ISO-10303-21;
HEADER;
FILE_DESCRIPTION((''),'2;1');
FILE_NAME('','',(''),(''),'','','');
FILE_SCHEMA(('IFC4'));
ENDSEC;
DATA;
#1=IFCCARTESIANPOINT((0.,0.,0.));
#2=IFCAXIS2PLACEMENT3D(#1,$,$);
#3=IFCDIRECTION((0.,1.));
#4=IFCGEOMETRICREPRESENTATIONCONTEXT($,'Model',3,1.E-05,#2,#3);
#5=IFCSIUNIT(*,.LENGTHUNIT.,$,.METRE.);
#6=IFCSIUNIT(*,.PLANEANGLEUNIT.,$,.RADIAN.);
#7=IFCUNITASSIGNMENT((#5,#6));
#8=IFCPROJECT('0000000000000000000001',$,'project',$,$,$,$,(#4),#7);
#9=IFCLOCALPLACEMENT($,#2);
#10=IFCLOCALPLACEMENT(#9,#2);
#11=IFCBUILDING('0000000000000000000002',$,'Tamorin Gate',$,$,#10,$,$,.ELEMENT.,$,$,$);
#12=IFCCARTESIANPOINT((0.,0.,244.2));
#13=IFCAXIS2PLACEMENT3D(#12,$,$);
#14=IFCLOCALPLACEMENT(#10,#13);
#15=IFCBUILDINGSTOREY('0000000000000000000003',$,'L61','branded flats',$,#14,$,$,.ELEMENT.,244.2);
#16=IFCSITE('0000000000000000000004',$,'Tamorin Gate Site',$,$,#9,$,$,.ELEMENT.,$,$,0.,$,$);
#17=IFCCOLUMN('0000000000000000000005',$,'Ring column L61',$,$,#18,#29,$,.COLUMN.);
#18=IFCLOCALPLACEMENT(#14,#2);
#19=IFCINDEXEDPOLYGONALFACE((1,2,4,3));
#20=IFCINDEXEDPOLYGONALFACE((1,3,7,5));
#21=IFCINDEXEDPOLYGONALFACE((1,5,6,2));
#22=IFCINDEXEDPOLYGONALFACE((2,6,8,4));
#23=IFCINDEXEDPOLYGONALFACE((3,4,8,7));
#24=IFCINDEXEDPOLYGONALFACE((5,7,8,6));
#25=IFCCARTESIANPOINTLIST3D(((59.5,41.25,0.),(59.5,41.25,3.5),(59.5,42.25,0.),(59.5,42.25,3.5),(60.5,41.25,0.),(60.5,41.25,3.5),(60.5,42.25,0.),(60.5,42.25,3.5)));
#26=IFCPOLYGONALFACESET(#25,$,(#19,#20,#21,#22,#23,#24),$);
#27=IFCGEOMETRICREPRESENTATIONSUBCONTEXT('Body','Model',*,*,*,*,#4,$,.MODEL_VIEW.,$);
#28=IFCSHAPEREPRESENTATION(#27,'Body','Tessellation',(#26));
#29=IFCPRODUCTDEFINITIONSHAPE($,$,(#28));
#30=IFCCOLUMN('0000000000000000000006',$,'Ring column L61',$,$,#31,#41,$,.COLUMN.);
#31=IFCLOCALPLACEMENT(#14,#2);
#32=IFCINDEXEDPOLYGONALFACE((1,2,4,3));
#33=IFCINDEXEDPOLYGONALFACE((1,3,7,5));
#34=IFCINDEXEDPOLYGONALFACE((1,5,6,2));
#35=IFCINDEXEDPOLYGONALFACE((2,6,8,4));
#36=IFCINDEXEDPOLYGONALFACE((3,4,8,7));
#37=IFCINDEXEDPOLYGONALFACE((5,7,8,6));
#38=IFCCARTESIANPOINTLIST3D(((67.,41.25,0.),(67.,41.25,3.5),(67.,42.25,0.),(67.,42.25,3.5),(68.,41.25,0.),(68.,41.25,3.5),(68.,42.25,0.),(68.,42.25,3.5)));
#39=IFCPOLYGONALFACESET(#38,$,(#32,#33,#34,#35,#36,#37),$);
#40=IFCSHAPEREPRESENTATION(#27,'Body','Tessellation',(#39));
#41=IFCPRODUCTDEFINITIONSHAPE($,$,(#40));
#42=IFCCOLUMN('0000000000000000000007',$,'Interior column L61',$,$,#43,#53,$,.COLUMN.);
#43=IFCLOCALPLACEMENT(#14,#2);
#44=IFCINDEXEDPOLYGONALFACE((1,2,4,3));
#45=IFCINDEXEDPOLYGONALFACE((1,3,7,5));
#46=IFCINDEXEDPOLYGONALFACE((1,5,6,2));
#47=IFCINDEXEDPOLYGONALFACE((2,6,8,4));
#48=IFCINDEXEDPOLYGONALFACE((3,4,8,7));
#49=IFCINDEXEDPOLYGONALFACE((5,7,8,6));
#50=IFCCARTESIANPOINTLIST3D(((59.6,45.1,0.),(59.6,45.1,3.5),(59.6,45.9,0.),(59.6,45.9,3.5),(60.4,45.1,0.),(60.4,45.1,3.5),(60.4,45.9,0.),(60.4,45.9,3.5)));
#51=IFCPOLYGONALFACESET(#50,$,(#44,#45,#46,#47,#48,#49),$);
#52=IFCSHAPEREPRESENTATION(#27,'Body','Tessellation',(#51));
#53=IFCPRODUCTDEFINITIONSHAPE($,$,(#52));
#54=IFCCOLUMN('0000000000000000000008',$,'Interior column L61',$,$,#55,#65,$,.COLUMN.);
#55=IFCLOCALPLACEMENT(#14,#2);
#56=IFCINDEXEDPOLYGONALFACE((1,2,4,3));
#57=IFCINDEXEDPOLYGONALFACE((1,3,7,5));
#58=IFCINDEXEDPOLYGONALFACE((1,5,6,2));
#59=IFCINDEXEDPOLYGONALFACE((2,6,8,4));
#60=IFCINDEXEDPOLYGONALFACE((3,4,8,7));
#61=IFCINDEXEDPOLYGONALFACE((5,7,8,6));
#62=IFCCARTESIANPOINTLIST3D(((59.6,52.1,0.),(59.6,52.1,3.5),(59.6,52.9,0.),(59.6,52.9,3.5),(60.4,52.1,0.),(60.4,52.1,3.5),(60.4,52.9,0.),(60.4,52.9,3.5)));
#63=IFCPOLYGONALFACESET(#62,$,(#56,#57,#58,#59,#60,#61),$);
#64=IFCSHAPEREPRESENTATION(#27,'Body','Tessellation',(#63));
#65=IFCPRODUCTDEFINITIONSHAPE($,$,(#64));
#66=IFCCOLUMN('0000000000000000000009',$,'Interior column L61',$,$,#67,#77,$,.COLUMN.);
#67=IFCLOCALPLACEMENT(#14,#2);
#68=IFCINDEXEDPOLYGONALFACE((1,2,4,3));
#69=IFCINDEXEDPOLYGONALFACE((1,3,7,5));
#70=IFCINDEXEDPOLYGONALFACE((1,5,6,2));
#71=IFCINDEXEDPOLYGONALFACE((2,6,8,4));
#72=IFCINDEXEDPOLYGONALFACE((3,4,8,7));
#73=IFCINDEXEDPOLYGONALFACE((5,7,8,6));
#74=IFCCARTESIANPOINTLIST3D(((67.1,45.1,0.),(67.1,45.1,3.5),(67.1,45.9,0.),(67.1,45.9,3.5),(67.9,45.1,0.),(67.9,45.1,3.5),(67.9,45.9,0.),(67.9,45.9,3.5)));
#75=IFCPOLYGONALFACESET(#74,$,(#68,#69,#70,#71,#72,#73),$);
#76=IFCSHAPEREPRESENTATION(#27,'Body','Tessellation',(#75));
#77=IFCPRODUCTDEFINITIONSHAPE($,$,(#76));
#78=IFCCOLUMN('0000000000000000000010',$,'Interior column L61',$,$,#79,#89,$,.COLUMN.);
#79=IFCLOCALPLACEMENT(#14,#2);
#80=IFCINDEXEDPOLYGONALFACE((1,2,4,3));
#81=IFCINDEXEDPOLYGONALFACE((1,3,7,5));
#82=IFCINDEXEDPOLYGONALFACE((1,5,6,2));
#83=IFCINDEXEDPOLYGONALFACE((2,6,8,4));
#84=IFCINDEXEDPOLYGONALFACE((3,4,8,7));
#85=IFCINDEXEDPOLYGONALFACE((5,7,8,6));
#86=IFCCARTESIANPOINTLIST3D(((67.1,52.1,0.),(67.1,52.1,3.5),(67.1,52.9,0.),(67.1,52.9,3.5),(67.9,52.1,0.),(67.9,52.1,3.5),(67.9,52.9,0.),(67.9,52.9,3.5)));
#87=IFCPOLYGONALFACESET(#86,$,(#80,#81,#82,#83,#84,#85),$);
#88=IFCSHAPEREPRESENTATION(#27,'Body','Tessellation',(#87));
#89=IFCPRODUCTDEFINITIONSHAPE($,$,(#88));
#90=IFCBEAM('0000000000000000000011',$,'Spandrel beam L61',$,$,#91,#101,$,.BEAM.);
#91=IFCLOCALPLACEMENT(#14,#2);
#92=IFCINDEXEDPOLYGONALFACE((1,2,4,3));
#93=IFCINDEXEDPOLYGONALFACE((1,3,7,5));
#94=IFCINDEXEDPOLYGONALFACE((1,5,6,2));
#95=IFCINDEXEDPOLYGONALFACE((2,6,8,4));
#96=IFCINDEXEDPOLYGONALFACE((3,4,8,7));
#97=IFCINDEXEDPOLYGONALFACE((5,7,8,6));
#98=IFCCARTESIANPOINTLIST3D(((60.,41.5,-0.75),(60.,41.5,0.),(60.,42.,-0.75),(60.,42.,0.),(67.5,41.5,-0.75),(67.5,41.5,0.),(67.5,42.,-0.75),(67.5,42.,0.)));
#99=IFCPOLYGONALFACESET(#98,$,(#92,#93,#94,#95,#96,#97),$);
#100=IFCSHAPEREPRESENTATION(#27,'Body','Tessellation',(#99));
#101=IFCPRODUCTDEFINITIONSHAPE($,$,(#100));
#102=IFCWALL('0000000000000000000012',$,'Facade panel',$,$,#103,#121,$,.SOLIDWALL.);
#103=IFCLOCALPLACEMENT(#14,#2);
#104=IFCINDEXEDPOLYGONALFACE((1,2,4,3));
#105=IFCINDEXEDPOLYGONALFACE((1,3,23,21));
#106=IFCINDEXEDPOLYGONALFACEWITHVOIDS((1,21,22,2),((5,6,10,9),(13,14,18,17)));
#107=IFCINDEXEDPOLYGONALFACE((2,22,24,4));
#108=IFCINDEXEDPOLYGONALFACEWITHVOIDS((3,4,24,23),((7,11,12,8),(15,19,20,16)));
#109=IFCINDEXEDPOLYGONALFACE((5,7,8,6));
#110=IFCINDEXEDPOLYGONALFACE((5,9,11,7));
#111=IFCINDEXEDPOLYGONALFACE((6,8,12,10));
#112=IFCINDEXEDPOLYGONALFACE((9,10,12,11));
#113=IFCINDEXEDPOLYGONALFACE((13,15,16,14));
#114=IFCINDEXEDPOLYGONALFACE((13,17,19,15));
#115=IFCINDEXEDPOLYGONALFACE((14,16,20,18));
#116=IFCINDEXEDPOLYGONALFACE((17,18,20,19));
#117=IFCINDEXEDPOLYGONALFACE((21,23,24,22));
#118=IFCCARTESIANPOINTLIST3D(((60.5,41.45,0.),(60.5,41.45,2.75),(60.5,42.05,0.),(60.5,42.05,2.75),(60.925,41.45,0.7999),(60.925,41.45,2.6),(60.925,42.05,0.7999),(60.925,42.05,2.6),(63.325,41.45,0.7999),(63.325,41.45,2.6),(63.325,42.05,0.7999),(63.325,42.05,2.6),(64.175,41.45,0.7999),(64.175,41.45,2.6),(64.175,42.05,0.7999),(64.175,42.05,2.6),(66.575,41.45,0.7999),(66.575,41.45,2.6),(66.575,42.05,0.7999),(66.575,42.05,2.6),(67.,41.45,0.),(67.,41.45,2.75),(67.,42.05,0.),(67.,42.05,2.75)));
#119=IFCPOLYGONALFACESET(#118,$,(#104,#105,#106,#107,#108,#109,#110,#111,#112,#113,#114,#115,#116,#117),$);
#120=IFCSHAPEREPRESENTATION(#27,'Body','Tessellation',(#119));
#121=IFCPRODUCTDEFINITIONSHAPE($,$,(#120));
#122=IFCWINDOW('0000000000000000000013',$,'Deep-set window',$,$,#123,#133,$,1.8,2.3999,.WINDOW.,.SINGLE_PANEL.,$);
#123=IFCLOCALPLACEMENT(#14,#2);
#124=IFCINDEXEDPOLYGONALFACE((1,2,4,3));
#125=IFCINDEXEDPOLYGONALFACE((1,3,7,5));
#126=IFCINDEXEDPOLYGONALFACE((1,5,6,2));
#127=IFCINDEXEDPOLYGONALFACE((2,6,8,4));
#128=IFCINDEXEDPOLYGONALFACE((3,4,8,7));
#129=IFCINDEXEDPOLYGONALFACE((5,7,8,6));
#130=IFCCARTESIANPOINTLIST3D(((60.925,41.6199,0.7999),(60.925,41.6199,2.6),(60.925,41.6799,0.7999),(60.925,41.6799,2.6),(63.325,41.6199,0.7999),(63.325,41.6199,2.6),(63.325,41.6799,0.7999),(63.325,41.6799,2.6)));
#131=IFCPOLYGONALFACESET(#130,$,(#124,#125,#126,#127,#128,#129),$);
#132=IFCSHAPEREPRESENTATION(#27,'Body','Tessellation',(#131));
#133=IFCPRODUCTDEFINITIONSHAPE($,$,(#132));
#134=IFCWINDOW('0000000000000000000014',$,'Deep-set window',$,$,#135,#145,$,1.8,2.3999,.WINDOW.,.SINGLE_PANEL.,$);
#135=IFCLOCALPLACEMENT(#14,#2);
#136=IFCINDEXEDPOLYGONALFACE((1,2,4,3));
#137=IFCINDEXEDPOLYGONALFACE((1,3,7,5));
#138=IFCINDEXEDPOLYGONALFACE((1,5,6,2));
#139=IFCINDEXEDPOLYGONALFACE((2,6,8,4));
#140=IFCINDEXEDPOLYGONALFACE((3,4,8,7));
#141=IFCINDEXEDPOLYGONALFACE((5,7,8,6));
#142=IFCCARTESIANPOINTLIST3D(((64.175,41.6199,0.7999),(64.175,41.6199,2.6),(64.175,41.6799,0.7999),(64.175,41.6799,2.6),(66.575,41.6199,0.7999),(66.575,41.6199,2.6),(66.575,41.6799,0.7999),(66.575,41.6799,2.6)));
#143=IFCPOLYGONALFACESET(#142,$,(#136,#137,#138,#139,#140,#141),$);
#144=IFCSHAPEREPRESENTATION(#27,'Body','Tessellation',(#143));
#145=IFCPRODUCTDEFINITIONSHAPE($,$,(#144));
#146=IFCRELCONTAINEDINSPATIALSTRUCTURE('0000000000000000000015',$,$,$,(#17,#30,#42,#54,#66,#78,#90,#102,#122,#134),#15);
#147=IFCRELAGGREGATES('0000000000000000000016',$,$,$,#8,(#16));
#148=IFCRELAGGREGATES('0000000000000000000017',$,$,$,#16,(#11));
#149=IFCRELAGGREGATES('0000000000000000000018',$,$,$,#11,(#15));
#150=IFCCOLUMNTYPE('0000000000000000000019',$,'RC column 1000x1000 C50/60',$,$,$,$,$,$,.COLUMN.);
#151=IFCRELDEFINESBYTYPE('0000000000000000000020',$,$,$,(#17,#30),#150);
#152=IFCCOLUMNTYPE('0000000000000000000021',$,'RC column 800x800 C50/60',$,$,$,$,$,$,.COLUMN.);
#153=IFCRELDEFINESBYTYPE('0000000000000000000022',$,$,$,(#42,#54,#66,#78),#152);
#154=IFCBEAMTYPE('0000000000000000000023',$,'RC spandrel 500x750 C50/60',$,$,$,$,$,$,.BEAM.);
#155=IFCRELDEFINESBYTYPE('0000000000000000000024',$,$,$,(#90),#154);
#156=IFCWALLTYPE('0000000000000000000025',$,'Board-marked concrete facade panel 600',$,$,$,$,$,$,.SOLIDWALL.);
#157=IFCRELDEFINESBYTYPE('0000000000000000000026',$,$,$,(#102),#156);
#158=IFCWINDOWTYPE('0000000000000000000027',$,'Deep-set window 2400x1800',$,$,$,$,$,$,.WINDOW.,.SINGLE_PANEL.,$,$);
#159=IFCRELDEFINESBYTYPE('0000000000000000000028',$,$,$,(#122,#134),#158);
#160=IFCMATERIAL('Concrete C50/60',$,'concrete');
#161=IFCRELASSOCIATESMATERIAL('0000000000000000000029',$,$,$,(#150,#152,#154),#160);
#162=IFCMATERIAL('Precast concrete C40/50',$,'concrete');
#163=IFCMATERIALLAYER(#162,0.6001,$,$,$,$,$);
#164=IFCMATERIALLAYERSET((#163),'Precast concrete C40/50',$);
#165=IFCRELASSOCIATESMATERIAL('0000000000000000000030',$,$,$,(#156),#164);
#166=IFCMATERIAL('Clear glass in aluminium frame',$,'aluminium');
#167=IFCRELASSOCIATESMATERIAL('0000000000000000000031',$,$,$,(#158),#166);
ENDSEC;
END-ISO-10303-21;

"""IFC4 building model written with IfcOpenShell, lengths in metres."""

from ifc_helpers import new_model, si_unit, direction, frame, frame_2d, origin, origin_2d, place, context, subcontext, project, spatial, rectangle, extrude, material, layer, layer_set, material_profile, profile_set, type_object, element, fill, save


model = new_model("IFC4")

# Units and contexts
model_context = context("Model", 3, precision=1e-05, world=origin(), true_north=direction((0.0, 1.0)))
body_context = subcontext(model_context, "Body", "Model", "MODEL_VIEW")
ifc_project = project(units=[si_unit("LENGTHUNIT", "METRE"), si_unit("PLANEANGLEUNIT", "RADIAN")], contexts=[model_context])

# Site, building, storey
site_placement = place(None, origin())
site = spatial("IfcSite", under=ifc_project, at=site_placement, Name="Tamorin Gate Site", CompositionType="ELEMENT", RefElevation=0.0)
building_placement = place(site_placement, origin())
building = spatial("IfcBuilding", under=site, at=building_placement, Name="Tamorin Gate", CompositionType="ELEMENT")
storey_placement = place(building_placement, frame((0.0, 0.0, 244.2)))
storey = spatial("IfcBuildingStorey", under=building, at=storey_placement, Name="L61", Description="branded flats", CompositionType="ELEMENT", Elevation=244.2)

# Columns
ifc_material_1 = material(Name="Concrete C50/60", Category="concrete")
ifc_material_profile_1 = material_profile(ifc_material_1, rectangle(XDim=1.0, YDim=1.0, at=origin_2d()), Name="RC 1000x1000")
ifc_profile_set_1 = profile_set([ifc_material_profile_1], Name="Concrete C50/60")
column_type_1 = type_object("IfcColumnType", Name="RC column 1000x1000 C50/60", PredefinedType="COLUMN", material=ifc_profile_set_1)
for number, where, z_axis, x_axis, name in (
    (1, (60.0, 41.75, 0.0), (0.0, 0.0, 1.0), (1.0, 0.0, 0.0), "Ring column L61"),
    (2, (67.5, 41.75, 0.0), (0.0, 0.0, 1.0), (1.0, 0.0, 0.0), "Ring column L61"),
):
    element("IfcColumn", number, at=place(storey_placement, frame(where, z_axis=z_axis, x_axis=x_axis)), inside=storey, type_object=column_type_1, Name=name, PredefinedType="COLUMN", context=body_context, shape_type="SweptSolid", body=[
        extrude(rectangle(XDim=1.0, YDim=1.0, at=origin_2d()), origin(), (0.0, 0.0, 1.0), 3.5),
    ])
ifc_material_profile_2 = material_profile(ifc_material_1, rectangle(XDim=0.8, YDim=0.8, at=origin_2d()), Name="RC 800x800")
ifc_profile_set_2 = profile_set([ifc_material_profile_2], Name="Concrete C50/60")
column_type_2 = type_object("IfcColumnType", Name="RC column 800x800 C50/60", PredefinedType="COLUMN", material=ifc_profile_set_2)
for number, where, z_axis, x_axis, name in (
    (3, (60.0, 45.5, 0.0), (0.0, 0.0, 1.0), (1.0, 0.0, 0.0), "Interior column L61"),
    (4, (60.0, 52.5, 0.0), (0.0, 0.0, 1.0), (1.0, 0.0, 0.0), "Interior column L61"),
    (5, (67.5, 45.5, 0.0), (0.0, 0.0, 1.0), (1.0, 0.0, 0.0), "Interior column L61"),
    (6, (67.5, 52.5, 0.0), (0.0, 0.0, 1.0), (1.0, 0.0, 0.0), "Interior column L61"),
):
    element("IfcColumn", number, at=place(storey_placement, frame(where, z_axis=z_axis, x_axis=x_axis)), inside=storey, type_object=column_type_2, Name=name, PredefinedType="COLUMN", context=body_context, shape_type="SweptSolid", body=[
        extrude(rectangle(XDim=0.8, YDim=0.8, at=origin_2d()), origin(), (0.0, 0.0, 1.0), 3.5),
    ])

# Beam
ifc_material_profile_3 = material_profile(ifc_material_1, rectangle(XDim=0.5, YDim=0.75, at=origin_2d()), Name="RC 500x750")
ifc_profile_set_3 = profile_set([ifc_material_profile_3], Name="Concrete C50/60")
beam_type = type_object("IfcBeamType", Name="RC spandrel 500x750 C50/60", PredefinedType="BEAM", material=ifc_profile_set_3)
beam_placement = place(storey_placement, frame((60.0, 41.75, -0.375), z_axis=(1.0, 0.0, 0.0), x_axis=(0.0, 1.0, 0.0)))
element("IfcBeam", 7, at=beam_placement, inside=storey, type_object=beam_type, Name="Spandrel beam L61", PredefinedType="BEAM", context=body_context, shape_type="SweptSolid", body=[
    extrude(rectangle(XDim=0.5, YDim=0.75, at=origin_2d()), origin(), (0.0, 0.0, 1.0), 7.5),
])

# Wall, openings, windows
ifc_material_2 = material(Name="Precast concrete C40/50", Category="concrete")
ifc_layer_1 = layer(ifc_material_2, 0.6001)
ifc_layer_set_1 = layer_set([ifc_layer_1], Name="Precast concrete C40/50")
wall_type_1 = type_object("IfcWallType", Name="Board-marked concrete facade panel 600", PredefinedType="SOLIDWALL", material=ifc_layer_set_1)
wall_1_placement = place(storey_placement, frame((60.5, 41.75, 0.0), z_axis=(0.0, 0.0, 1.0), x_axis=(1.0, 0.0, 0.0)))
wall_1 = element("IfcWall", 8, at=wall_1_placement, inside=storey, type_object=wall_type_1, Name="Facade panel", PredefinedType="SOLIDWALL", context=body_context, shape_type="SweptSolid", body=[
    extrude(rectangle(XDim=6.5, YDim=0.6001, at=frame_2d((3.25, 0.0))), origin(), (0.0, 0.0, 1.0), 2.75),
])
opening_1_placement = place(wall_1_placement, frame((0.425, 0.0, 0.8)))
opening_1 = element("IfcOpeningElement", 9, at=opening_1_placement, cuts=wall_1, PredefinedType="OPENING", context=body_context, shape_type="SweptSolid", body=[
    extrude(rectangle(XDim=2.3999, YDim=1.8, at=frame_2d((1.2, 0.8999))), frame((0.0, 0.3101, 0.0), z_axis=(0.0, -1.0, 0.0), x_axis=(1.0, 0.0, 0.0)), (0.0, 0.0, 1.0), 0.6201),
])
opening_2_placement = place(wall_1_placement, frame((3.675, 0.0, 0.8)))
opening_2 = element("IfcOpeningElement", 10, at=opening_2_placement, cuts=wall_1, PredefinedType="OPENING", context=body_context, shape_type="SweptSolid", body=[
    extrude(rectangle(XDim=2.3999, YDim=1.8, at=frame_2d((1.2, 0.8999))), frame((0.0, 0.3101, 0.0), z_axis=(0.0, -1.0, 0.0), x_axis=(1.0, 0.0, 0.0)), (0.0, 0.0, 1.0), 0.6201),
])
ifc_material_3 = material(Name="Clear glass in aluminium frame", Category="aluminium")
window_type = type_object("IfcWindowType", Name="Deep-set window 2400x1800", PartitioningType="SINGLE_PANEL", PredefinedType="WINDOW", material=ifc_material_3)
window_1_placement = place(opening_1_placement, origin())
window_1 = element("IfcWindow", 11, at=window_1_placement, inside=storey, type_object=window_type, Name="Deep-set window", OverallHeight=1.8, OverallWidth=2.3999, PartitioningType="SINGLE_PANEL", PredefinedType="WINDOW", context=body_context, shape_type="SweptSolid", body=[
    extrude(rectangle(XDim=2.3999, YDim=1.8, at=frame_2d((1.2, 0.8999))), frame((0.0, -0.0701, 0.0), z_axis=(0.0, -1.0, 0.0), x_axis=(1.0, 0.0, 0.0)), (0.0, 0.0, 1.0), 0.0601),
])
fill(opening_1, window_1)
window_2_placement = place(opening_2_placement, origin())
window_2 = element("IfcWindow", 12, at=window_2_placement, inside=storey, type_object=window_type, Name="Deep-set window", OverallHeight=1.8, OverallWidth=2.3999, PartitioningType="SINGLE_PANEL", PredefinedType="WINDOW", context=body_context, shape_type="SweptSolid", body=[
    extrude(rectangle(XDim=2.3999, YDim=1.8, at=frame_2d((1.2, 0.8999))), frame((0.0, -0.0701, 0.0), z_axis=(0.0, -1.0, 0.0), x_axis=(1.0, 0.0, 0.0)), (0.0, 0.0, 1.0), 0.0601),
])
fill(opening_2, window_2)

save(model, "model.ifc")
